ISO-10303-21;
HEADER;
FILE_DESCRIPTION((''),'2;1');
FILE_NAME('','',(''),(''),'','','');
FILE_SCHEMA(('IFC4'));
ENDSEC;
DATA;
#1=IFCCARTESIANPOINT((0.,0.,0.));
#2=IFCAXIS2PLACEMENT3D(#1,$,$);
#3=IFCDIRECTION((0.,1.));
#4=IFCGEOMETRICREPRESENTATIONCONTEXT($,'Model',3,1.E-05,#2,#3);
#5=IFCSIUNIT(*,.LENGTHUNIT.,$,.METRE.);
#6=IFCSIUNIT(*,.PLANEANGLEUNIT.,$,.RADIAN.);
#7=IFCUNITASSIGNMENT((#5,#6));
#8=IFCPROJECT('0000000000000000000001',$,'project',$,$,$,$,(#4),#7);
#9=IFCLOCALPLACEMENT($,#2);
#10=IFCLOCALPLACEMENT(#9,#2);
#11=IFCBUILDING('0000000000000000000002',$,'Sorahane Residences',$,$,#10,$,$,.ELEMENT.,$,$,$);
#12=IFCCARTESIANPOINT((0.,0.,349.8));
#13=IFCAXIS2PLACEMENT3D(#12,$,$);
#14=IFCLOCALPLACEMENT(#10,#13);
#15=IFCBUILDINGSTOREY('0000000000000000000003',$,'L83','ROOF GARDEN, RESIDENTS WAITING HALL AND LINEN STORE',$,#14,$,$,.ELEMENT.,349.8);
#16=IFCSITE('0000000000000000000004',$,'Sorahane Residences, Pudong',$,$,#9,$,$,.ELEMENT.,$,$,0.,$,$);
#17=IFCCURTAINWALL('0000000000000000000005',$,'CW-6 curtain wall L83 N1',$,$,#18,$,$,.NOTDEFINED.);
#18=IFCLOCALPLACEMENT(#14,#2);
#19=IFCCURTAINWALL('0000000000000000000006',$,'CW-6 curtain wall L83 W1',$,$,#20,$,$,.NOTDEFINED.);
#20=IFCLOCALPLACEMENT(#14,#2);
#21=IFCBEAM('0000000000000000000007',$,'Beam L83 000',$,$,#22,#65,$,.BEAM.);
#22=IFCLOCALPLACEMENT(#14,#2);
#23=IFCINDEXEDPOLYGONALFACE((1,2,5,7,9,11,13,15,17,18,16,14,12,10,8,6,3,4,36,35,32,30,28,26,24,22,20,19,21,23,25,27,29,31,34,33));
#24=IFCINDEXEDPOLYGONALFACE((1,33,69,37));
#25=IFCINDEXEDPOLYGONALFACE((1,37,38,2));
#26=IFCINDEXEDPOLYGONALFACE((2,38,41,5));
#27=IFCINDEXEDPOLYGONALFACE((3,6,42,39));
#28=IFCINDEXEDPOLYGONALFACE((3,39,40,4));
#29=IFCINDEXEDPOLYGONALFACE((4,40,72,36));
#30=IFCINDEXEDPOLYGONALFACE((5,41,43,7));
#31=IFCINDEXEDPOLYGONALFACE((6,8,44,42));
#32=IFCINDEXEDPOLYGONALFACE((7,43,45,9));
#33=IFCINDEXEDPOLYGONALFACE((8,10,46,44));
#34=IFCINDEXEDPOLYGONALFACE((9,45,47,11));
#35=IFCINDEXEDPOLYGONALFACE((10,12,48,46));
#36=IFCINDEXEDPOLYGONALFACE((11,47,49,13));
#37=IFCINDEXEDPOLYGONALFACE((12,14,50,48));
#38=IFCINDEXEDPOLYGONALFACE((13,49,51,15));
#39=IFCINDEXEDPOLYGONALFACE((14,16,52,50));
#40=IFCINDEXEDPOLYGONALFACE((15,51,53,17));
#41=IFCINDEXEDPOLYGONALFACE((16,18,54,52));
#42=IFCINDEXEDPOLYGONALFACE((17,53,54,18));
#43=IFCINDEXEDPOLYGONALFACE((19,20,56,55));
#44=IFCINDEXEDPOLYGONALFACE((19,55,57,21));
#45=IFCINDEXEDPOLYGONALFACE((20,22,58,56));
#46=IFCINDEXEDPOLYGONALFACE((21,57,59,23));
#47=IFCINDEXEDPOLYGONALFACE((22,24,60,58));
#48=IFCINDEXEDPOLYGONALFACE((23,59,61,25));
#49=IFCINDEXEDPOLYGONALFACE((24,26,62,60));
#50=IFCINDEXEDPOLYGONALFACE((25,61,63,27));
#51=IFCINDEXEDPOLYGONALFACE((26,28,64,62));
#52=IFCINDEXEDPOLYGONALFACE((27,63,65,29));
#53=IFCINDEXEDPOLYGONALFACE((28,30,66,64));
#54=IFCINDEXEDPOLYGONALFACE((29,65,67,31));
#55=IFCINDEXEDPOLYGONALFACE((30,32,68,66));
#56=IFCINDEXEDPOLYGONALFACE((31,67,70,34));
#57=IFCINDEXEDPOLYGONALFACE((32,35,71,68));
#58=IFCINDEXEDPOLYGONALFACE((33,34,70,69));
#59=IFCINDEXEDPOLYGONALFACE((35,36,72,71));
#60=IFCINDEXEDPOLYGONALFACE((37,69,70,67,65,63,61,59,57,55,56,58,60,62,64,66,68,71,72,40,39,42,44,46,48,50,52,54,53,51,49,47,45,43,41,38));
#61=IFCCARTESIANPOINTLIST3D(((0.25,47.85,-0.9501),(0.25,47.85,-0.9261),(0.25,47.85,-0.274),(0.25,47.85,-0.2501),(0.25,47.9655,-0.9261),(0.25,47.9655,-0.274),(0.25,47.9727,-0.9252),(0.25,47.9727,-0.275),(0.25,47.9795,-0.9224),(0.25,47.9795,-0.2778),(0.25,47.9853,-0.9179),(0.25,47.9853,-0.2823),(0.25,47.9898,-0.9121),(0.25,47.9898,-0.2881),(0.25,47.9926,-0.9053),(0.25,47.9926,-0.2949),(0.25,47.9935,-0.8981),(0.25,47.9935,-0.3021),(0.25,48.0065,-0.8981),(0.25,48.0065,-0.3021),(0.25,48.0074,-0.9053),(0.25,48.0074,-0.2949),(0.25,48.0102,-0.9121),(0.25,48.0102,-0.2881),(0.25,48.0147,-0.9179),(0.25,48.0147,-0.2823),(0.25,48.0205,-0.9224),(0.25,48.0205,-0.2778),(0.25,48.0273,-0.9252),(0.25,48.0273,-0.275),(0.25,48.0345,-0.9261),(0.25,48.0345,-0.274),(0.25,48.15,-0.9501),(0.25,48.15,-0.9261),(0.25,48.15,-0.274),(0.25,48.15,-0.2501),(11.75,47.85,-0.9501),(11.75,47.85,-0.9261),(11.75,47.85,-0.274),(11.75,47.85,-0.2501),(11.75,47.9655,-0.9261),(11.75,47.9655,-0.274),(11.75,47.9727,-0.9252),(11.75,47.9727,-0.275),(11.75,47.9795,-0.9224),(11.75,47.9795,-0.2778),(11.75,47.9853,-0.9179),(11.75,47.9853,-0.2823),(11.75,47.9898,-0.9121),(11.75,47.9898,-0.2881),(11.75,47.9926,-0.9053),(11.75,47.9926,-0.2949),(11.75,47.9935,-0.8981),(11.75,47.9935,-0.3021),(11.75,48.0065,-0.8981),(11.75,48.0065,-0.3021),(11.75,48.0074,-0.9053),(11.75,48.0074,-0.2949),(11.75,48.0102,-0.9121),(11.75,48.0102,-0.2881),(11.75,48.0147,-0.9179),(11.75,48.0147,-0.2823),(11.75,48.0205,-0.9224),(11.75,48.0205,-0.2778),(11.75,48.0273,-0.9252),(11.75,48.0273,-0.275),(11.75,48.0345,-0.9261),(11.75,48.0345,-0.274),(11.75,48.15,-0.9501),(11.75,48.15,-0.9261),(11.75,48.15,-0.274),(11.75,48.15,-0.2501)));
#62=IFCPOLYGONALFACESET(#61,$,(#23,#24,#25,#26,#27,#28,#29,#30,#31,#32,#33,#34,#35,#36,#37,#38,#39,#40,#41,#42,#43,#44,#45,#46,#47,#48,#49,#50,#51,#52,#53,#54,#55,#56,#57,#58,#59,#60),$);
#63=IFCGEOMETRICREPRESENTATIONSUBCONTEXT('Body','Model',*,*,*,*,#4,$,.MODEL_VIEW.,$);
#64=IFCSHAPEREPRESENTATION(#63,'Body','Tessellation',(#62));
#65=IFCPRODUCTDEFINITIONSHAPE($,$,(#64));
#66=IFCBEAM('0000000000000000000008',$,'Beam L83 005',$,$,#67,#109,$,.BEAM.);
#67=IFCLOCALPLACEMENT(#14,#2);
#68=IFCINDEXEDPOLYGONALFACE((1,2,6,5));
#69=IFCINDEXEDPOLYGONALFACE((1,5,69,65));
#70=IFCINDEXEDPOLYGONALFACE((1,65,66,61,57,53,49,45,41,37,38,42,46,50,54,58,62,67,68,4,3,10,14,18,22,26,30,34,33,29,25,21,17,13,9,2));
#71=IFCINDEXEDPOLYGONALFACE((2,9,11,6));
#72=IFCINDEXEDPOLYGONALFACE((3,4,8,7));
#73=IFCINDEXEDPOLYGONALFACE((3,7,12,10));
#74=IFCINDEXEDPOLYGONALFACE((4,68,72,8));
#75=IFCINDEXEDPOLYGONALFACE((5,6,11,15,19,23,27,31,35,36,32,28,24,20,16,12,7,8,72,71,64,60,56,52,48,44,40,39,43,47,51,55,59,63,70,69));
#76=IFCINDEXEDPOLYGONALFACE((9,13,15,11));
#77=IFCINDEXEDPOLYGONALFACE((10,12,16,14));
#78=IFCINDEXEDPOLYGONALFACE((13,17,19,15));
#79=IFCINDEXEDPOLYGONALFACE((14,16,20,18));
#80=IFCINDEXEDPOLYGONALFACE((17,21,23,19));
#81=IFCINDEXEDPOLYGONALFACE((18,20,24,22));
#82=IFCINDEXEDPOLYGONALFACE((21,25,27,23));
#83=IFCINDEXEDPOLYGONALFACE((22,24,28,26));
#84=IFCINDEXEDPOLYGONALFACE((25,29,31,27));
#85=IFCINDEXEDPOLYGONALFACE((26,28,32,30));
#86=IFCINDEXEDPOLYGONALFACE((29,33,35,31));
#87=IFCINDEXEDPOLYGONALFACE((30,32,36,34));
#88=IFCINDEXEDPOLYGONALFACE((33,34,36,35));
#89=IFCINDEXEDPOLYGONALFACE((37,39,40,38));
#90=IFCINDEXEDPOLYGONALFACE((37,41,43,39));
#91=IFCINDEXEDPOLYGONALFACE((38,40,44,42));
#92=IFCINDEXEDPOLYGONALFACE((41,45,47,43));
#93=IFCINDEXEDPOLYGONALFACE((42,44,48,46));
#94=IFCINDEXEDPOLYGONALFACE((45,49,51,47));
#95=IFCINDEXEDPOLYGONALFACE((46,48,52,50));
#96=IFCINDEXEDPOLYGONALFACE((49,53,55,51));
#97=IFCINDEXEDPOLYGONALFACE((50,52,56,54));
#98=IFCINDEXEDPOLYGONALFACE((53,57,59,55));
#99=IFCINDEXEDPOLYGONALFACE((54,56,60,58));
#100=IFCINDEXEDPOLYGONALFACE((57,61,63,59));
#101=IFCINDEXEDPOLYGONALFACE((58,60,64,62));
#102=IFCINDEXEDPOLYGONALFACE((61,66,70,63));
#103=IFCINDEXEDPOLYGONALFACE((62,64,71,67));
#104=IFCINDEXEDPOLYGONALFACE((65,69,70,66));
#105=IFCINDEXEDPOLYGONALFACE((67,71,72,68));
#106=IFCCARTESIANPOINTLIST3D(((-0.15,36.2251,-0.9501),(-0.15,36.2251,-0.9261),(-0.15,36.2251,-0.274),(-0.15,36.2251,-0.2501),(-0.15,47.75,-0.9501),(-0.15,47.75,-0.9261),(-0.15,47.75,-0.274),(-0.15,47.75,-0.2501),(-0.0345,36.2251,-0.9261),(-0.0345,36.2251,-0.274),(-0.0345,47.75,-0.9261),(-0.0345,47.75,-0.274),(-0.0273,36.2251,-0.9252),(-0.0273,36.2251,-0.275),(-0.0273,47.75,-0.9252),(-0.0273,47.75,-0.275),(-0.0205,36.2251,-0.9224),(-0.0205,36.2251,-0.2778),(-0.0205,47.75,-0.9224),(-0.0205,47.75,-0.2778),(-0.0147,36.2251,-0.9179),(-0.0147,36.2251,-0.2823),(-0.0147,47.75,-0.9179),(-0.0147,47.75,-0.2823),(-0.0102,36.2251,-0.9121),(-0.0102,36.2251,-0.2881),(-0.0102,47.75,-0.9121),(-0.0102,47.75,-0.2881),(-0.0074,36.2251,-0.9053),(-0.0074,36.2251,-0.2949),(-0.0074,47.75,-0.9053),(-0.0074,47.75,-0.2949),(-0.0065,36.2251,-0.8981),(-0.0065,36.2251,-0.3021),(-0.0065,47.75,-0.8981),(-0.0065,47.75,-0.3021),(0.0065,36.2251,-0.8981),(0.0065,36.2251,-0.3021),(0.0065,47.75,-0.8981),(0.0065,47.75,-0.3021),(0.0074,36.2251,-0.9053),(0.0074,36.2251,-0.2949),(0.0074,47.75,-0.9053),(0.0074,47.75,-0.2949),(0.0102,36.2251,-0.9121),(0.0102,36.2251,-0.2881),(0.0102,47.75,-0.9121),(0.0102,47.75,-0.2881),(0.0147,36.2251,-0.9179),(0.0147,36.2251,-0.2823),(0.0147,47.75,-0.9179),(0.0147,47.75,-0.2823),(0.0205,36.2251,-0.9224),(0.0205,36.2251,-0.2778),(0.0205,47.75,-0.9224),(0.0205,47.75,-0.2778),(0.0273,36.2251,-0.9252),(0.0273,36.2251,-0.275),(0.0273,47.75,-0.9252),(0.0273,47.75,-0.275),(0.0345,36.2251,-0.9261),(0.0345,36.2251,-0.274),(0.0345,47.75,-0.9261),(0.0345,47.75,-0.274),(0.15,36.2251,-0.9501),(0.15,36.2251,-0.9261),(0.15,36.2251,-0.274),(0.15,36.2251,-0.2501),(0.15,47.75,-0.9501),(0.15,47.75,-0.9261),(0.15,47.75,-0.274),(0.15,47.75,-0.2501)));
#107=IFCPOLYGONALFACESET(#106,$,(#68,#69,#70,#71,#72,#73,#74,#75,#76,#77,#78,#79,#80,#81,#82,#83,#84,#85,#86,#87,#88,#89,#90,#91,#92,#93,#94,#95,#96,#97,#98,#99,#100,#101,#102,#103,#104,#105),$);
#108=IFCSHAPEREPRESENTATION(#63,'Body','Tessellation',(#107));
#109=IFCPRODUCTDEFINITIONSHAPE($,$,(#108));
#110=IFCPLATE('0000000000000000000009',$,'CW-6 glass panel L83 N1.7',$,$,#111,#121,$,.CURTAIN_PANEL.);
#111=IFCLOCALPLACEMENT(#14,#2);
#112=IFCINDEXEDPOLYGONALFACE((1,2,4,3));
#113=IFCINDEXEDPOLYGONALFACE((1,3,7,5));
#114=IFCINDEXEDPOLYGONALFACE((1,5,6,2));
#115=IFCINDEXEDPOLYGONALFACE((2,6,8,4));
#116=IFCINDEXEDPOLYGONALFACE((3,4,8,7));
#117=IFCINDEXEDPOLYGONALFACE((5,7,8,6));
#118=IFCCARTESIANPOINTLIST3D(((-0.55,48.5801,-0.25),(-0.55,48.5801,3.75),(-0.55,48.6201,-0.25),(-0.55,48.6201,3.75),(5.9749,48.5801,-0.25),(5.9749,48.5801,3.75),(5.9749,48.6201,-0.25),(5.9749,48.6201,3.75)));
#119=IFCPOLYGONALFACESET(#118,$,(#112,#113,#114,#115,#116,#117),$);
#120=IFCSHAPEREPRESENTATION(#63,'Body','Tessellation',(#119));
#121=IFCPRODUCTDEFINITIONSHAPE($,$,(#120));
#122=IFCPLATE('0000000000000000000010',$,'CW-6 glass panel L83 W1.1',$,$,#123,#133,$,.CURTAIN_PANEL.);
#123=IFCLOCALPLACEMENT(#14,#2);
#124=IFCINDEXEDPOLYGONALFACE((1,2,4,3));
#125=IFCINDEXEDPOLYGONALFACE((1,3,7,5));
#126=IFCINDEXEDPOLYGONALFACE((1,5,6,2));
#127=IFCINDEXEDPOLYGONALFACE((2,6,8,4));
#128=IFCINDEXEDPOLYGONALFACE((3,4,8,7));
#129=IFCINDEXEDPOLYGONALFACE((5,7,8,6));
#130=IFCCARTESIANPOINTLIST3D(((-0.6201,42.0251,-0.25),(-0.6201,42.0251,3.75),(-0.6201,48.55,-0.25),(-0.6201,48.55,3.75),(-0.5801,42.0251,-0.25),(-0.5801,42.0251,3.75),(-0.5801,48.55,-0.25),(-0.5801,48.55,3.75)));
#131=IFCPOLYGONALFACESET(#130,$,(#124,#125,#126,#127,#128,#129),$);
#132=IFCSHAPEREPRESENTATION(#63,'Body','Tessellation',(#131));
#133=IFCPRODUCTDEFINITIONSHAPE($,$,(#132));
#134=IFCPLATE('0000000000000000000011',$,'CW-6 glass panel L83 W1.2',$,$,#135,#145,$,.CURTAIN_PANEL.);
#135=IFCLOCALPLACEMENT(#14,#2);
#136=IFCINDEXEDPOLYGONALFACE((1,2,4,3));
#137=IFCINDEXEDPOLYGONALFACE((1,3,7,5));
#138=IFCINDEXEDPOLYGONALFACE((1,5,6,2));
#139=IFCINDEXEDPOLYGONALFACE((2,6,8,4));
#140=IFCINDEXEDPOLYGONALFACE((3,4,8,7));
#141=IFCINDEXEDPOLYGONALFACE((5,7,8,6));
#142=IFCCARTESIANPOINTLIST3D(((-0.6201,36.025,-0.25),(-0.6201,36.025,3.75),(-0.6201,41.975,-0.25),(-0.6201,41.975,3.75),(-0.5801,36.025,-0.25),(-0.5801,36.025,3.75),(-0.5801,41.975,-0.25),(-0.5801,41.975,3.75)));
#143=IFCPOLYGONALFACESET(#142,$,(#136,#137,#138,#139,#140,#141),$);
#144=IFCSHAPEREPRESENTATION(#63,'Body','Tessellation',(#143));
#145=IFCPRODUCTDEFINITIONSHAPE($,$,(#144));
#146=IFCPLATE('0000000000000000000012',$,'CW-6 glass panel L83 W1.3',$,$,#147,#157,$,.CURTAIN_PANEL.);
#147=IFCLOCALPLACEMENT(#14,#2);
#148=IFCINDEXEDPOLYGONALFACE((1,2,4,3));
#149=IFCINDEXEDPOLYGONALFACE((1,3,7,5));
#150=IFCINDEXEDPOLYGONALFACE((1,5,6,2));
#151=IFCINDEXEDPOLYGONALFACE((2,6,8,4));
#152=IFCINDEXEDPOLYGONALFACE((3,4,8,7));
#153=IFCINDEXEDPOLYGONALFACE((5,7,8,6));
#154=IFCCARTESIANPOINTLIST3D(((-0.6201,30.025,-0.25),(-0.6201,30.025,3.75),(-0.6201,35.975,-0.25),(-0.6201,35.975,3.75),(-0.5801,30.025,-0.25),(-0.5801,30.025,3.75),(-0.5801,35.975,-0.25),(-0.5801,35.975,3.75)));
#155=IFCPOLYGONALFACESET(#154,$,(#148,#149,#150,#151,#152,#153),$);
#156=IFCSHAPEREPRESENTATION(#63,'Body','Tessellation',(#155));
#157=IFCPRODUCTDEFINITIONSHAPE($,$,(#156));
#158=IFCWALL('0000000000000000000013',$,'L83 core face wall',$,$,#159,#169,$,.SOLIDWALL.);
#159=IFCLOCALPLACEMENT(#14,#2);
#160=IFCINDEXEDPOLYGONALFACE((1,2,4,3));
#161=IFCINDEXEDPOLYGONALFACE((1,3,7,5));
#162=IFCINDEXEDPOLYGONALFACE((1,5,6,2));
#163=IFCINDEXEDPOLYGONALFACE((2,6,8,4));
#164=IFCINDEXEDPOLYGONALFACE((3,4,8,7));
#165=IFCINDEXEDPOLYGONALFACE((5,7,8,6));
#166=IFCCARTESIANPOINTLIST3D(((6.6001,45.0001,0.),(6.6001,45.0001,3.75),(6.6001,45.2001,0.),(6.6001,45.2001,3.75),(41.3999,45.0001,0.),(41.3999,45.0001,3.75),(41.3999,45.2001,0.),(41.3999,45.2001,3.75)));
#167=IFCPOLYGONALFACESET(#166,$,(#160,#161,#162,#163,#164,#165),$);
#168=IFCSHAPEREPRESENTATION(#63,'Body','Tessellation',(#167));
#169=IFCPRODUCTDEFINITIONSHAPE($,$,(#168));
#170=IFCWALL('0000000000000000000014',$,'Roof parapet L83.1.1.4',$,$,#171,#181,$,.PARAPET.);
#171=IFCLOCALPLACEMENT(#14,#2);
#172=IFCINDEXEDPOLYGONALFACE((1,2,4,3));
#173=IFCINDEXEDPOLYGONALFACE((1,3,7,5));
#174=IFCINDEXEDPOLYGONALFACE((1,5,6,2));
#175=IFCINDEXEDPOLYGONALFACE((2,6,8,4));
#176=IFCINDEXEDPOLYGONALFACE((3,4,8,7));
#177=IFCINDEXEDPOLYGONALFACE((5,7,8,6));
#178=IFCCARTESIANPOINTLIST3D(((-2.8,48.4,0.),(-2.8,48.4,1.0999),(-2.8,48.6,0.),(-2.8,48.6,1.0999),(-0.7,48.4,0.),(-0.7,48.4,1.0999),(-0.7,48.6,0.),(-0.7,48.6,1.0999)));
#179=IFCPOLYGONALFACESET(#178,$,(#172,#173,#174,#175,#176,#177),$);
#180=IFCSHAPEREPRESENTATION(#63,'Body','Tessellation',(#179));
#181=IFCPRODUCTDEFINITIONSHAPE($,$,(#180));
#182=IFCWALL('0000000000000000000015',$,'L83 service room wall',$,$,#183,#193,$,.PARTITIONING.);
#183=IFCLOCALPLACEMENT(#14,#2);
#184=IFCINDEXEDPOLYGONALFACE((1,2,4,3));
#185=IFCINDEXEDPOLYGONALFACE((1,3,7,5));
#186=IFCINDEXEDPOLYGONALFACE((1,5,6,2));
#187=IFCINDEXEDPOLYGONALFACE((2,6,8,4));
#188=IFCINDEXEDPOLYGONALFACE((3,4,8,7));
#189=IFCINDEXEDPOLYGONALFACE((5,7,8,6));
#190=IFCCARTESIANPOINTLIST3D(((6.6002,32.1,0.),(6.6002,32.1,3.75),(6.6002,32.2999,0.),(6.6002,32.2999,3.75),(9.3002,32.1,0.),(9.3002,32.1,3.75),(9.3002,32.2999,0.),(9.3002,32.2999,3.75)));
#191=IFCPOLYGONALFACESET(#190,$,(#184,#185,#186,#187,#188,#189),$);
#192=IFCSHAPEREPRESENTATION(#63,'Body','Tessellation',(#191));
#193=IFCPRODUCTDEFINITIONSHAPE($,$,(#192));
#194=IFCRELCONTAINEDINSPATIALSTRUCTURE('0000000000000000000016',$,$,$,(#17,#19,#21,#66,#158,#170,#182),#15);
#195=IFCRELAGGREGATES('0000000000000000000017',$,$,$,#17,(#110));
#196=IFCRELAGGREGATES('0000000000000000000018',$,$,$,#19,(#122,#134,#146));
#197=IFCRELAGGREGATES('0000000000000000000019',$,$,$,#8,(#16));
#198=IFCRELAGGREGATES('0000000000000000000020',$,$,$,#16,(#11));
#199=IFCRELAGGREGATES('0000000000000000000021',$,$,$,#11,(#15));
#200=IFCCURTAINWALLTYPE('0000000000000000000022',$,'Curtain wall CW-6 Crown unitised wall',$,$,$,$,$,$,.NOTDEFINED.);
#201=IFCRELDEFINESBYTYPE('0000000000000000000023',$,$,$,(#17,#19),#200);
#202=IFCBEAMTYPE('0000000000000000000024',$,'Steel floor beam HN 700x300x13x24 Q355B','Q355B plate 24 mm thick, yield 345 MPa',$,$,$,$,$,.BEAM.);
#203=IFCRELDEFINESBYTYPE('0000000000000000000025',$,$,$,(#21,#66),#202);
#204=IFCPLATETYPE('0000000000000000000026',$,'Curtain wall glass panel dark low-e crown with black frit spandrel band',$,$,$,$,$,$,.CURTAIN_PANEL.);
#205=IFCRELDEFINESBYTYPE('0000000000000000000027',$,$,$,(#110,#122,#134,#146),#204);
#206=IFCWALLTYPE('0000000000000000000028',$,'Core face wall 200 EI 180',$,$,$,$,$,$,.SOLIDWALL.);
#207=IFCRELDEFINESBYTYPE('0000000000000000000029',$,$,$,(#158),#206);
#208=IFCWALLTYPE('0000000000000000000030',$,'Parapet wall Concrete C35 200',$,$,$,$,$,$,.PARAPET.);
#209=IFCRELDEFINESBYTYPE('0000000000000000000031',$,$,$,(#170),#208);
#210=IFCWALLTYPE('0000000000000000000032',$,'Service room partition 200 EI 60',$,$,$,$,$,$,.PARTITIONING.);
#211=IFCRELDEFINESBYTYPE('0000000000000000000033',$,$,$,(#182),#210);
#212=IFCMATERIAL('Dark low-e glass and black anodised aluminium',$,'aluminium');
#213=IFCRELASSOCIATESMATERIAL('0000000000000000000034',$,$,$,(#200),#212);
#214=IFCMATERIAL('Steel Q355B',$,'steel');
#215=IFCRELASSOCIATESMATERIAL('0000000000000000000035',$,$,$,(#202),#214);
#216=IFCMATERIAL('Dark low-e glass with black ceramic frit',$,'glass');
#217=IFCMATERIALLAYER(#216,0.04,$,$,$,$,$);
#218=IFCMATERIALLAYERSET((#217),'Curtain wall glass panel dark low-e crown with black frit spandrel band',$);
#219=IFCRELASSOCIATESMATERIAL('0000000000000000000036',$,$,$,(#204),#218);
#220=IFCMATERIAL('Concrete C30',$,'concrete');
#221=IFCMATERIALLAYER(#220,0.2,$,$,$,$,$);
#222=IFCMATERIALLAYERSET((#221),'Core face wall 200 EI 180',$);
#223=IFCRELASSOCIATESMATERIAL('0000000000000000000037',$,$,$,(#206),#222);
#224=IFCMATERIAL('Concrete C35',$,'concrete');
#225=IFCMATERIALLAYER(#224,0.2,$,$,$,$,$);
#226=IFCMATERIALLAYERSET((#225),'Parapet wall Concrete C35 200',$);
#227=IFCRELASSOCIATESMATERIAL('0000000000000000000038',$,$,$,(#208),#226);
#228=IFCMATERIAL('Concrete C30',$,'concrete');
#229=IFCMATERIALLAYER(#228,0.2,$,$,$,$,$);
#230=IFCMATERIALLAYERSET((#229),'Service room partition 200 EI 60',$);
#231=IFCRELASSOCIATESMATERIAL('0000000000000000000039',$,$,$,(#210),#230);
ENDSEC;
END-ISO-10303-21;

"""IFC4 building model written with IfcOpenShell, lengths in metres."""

from ifc_helpers import new_model, si_unit, direction, frame, frame_2d, origin, origin_2d, place, context, subcontext, project, spatial, rectangle, i_section, extrude, material, layer, layer_set, material_profile, profile_set, type_object, element, aggregate, save


model = new_model("IFC4")

# Units and contexts
model_context = context("Model", 3, precision=1e-05, world=origin(), true_north=direction((0.0, 1.0)))
body_context = subcontext(model_context, "Body", "Model", "MODEL_VIEW")
ifc_project = project(units=[si_unit("LENGTHUNIT", "METRE"), si_unit("PLANEANGLEUNIT", "RADIAN")], contexts=[model_context])

# Site, building, storey
site_placement = place(None, origin())
site = spatial("IfcSite", under=ifc_project, at=site_placement, Name="Sorahane Residences, Pudong", CompositionType="ELEMENT", RefElevation=0.0)
building_placement = place(site_placement, origin())
building = spatial("IfcBuilding", under=site, at=building_placement, Name="Sorahane Residences", CompositionType="ELEMENT")
storey_placement = place(building_placement, frame((0.0, 0.0, 349.8)))
storey = spatial("IfcBuildingStorey", under=building, at=storey_placement, Name="L83", Description="ROOF GARDEN, RESIDENTS WAITING HALL AND LINEN STORE", CompositionType="ELEMENT", Elevation=349.8)

# Curtain walls
ifc_material_1 = material(Name="Dark low-e glass and black anodised aluminium", Category="aluminium")
curtain_wall_type = type_object("IfcCurtainWallType", Name="Curtain wall CW-6 Crown unitised wall", PredefinedType="NOTDEFINED", material=ifc_material_1)
curtain_wall_1_placement = place(storey_placement, origin())
curtain_wall_1 = element("IfcCurtainWall", 1, at=curtain_wall_1_placement, inside=storey, type_object=curtain_wall_type, Name="CW-6 curtain wall L83 N1", PredefinedType="NOTDEFINED")
curtain_wall_2_placement = place(storey_placement, origin())
curtain_wall_2 = element("IfcCurtainWall", 2, at=curtain_wall_2_placement, inside=storey, type_object=curtain_wall_type, Name="CW-6 curtain wall L83 W1", PredefinedType="NOTDEFINED")

# Beams
ifc_material_2 = material(Name="Steel Q355B", Category="steel")
ifc_material_profile_1 = material_profile(ifc_material_2, i_section(OverallWidth=0.3, OverallDepth=0.7, WebThickness=0.0129, FlangeThickness=0.0239, FilletRadius=0.0281, at=origin_2d()), Name="HN 700x300x13x24")
ifc_profile_set_1 = profile_set([ifc_material_profile_1], Name="Steel Q355B")
beam_type_1 = type_object("IfcBeamType", Name="Steel floor beam HN 700x300x13x24 Q355B", Description="Q355B plate 24 mm thick, yield 345 MPa", PredefinedType="BEAM", material=ifc_profile_set_1)
beam_1_placement = place(storey_placement, frame((0.25, 48.0, -0.6001), z_axis=(1.0, 0.0, 0.0), x_axis=(0.0, 1.0, 0.0)))
element("IfcBeam", 3, at=beam_1_placement, inside=storey, type_object=beam_type_1, Name="Beam L83 000", PredefinedType="BEAM", context=body_context, shape_type="SweptSolid", body=[
    extrude(i_section(OverallWidth=0.3, OverallDepth=0.7, WebThickness=0.0129, FlangeThickness=0.0239, FilletRadius=0.0281, at=origin_2d()), origin(), (0.0, 0.0, 1.0), 11.5),
])
beam_2_placement = place(storey_placement, frame((0.0, 36.2251, -0.6001), z_axis=(0.0, 1.0, 0.0), x_axis=(-1.0, 0.0, 0.0)))
element("IfcBeam", 4, at=beam_2_placement, inside=storey, type_object=beam_type_1, Name="Beam L83 005", PredefinedType="BEAM", context=body_context, shape_type="SweptSolid", body=[
    extrude(i_section(OverallWidth=0.3, OverallDepth=0.7, WebThickness=0.0129, FlangeThickness=0.0239, FilletRadius=0.0281, at=origin_2d()), origin(), (0.0, 0.0, 1.0), 11.5249),
])

# Plates
ifc_material_3 = material(Name="Dark low-e glass with black ceramic frit", Category="glass")
ifc_layer_1 = layer(ifc_material_3, 0.04)
ifc_layer_set_1 = layer_set([ifc_layer_1], Name="Curtain wall glass panel dark low-e crown with black frit spandrel band")
plate_type = type_object("IfcPlateType", Name="Curtain wall glass panel dark low-e crown with black frit spandrel band", PredefinedType="CURTAIN_PANEL", material=ifc_layer_set_1)
plate_1_placement = place(storey_placement, frame((2.7124, 48.6001, -0.25), z_axis=(0.0, 0.0, 1.0), x_axis=(-1.0, 0.0, 0.0)))
plate_1 = element("IfcPlate", 5, at=plate_1_placement, type_object=plate_type, Name="CW-6 glass panel L83 N1.7", PredefinedType="CURTAIN_PANEL", context=body_context, shape_type="SweptSolid", body=[
    extrude(rectangle(XDim=6.5249, YDim=0.04, at=origin_2d()), origin(), (0.0, 0.0, 1.0), 4.0),
])
aggregate(curtain_wall_1, [plate_1])
plate_2_placement = place(storey_placement, frame((-0.6001, 45.2876, -0.25), z_axis=(0.0, 0.0, 1.0), x_axis=(0.0, -1.0, 0.0)))
plate_2 = element("IfcPlate", 6, at=plate_2_placement, type_object=plate_type, Name="CW-6 glass panel L83 W1.1", PredefinedType="CURTAIN_PANEL", context=body_context, shape_type="SweptSolid", body=[
    extrude(rectangle(XDim=6.5249, YDim=0.04, at=origin_2d()), origin(), (0.0, 0.0, 1.0), 4.0),
])
plate_3_placement = place(storey_placement, frame((-0.6001, 39.0, -0.25), z_axis=(0.0, 0.0, 1.0), x_axis=(0.0, -1.0, 0.0)))
plate_3 = element("IfcPlate", 7, at=plate_3_placement, type_object=plate_type, Name="CW-6 glass panel L83 W1.2", PredefinedType="CURTAIN_PANEL", context=body_context, shape_type="SweptSolid", body=[
    extrude(rectangle(XDim=5.95, YDim=0.04, at=origin_2d()), origin(), (0.0, 0.0, 1.0), 4.0),
])
plate_4_placement = place(storey_placement, frame((-0.6001, 33.0, -0.25), z_axis=(0.0, 0.0, 1.0), x_axis=(0.0, -1.0, 0.0)))
plate_4 = element("IfcPlate", 8, at=plate_4_placement, type_object=plate_type, Name="CW-6 glass panel L83 W1.3", PredefinedType="CURTAIN_PANEL", context=body_context, shape_type="SweptSolid", body=[
    extrude(rectangle(XDim=5.95, YDim=0.04, at=origin_2d()), origin(), (0.0, 0.0, 1.0), 4.0),
])
aggregate(curtain_wall_2, [plate_2, plate_3, plate_4])

# Walls
ifc_material_4 = material(Name="Concrete C30", Category="concrete")
ifc_layer_2 = layer(ifc_material_4, 0.2)
ifc_layer_set_2 = layer_set([ifc_layer_2], Name="Core face wall 200 EI 180")
wall_type_1 = type_object("IfcWallType", Name="Core face wall 200 EI 180", PredefinedType="SOLIDWALL", material=ifc_layer_set_2)
wall_1_placement = place(storey_placement, frame((6.6001, 45.1001, 0.0), z_axis=(0.0, 0.0, 1.0), x_axis=(1.0, 0.0, 0.0)))
element("IfcWall", 9, at=wall_1_placement, inside=storey, type_object=wall_type_1, Name="L83 core face wall", PredefinedType="SOLIDWALL", context=body_context, shape_type="SweptSolid", body=[
    extrude(rectangle(XDim=34.7998, YDim=0.2, at=frame_2d((17.3999, 0.0))), origin(), (0.0, 0.0, 1.0), 3.75),
])
ifc_material_5 = material(Name="Concrete C35", Category="concrete")
ifc_layer_3 = layer(ifc_material_5, 0.2)
ifc_layer_set_3 = layer_set([ifc_layer_3], Name="Parapet wall Concrete C35 200")
wall_type_2 = type_object("IfcWallType", Name="Parapet wall Concrete C35 200", PredefinedType="PARAPET", material=ifc_layer_set_3)
wall_2_placement = place(storey_placement, frame((-2.8, 48.5, 0.0), z_axis=(0.0, 0.0, 1.0), x_axis=(1.0, 0.0, 0.0)))
element("IfcWall", 10, at=wall_2_placement, inside=storey, type_object=wall_type_2, Name="Roof parapet L83.1.1.4", PredefinedType="PARAPET", context=body_context, shape_type="SweptSolid", body=[
    extrude(rectangle(XDim=2.1001, YDim=0.2, at=frame_2d((1.05, 0.0))), origin(), (0.0, 0.0, 1.0), 1.0999),
])
ifc_material_6 = material(Name="Concrete C30", Category="concrete")
ifc_layer_4 = layer(ifc_material_6, 0.2)
ifc_layer_set_4 = layer_set([ifc_layer_4], Name="Service room partition 200 EI 60")
wall_type_3 = type_object("IfcWallType", Name="Service room partition 200 EI 60", PredefinedType="PARTITIONING", material=ifc_layer_set_4)
wall_3_placement = place(storey_placement, frame((6.6001, 32.2, 0.0), z_axis=(0.0, 0.0, 1.0), x_axis=(1.0, 0.0, 0.0)))
element("IfcWall", 11, at=wall_3_placement, inside=storey, type_object=wall_type_3, Name="L83 service room wall", PredefinedType="PARTITIONING", context=body_context, shape_type="SweptSolid", body=[
    extrude(rectangle(XDim=2.7, YDim=0.2, at=frame_2d((1.3501, 0.0))), origin(), (0.0, 0.0, 1.0), 3.75),
])

save(model, "model.ifc")
